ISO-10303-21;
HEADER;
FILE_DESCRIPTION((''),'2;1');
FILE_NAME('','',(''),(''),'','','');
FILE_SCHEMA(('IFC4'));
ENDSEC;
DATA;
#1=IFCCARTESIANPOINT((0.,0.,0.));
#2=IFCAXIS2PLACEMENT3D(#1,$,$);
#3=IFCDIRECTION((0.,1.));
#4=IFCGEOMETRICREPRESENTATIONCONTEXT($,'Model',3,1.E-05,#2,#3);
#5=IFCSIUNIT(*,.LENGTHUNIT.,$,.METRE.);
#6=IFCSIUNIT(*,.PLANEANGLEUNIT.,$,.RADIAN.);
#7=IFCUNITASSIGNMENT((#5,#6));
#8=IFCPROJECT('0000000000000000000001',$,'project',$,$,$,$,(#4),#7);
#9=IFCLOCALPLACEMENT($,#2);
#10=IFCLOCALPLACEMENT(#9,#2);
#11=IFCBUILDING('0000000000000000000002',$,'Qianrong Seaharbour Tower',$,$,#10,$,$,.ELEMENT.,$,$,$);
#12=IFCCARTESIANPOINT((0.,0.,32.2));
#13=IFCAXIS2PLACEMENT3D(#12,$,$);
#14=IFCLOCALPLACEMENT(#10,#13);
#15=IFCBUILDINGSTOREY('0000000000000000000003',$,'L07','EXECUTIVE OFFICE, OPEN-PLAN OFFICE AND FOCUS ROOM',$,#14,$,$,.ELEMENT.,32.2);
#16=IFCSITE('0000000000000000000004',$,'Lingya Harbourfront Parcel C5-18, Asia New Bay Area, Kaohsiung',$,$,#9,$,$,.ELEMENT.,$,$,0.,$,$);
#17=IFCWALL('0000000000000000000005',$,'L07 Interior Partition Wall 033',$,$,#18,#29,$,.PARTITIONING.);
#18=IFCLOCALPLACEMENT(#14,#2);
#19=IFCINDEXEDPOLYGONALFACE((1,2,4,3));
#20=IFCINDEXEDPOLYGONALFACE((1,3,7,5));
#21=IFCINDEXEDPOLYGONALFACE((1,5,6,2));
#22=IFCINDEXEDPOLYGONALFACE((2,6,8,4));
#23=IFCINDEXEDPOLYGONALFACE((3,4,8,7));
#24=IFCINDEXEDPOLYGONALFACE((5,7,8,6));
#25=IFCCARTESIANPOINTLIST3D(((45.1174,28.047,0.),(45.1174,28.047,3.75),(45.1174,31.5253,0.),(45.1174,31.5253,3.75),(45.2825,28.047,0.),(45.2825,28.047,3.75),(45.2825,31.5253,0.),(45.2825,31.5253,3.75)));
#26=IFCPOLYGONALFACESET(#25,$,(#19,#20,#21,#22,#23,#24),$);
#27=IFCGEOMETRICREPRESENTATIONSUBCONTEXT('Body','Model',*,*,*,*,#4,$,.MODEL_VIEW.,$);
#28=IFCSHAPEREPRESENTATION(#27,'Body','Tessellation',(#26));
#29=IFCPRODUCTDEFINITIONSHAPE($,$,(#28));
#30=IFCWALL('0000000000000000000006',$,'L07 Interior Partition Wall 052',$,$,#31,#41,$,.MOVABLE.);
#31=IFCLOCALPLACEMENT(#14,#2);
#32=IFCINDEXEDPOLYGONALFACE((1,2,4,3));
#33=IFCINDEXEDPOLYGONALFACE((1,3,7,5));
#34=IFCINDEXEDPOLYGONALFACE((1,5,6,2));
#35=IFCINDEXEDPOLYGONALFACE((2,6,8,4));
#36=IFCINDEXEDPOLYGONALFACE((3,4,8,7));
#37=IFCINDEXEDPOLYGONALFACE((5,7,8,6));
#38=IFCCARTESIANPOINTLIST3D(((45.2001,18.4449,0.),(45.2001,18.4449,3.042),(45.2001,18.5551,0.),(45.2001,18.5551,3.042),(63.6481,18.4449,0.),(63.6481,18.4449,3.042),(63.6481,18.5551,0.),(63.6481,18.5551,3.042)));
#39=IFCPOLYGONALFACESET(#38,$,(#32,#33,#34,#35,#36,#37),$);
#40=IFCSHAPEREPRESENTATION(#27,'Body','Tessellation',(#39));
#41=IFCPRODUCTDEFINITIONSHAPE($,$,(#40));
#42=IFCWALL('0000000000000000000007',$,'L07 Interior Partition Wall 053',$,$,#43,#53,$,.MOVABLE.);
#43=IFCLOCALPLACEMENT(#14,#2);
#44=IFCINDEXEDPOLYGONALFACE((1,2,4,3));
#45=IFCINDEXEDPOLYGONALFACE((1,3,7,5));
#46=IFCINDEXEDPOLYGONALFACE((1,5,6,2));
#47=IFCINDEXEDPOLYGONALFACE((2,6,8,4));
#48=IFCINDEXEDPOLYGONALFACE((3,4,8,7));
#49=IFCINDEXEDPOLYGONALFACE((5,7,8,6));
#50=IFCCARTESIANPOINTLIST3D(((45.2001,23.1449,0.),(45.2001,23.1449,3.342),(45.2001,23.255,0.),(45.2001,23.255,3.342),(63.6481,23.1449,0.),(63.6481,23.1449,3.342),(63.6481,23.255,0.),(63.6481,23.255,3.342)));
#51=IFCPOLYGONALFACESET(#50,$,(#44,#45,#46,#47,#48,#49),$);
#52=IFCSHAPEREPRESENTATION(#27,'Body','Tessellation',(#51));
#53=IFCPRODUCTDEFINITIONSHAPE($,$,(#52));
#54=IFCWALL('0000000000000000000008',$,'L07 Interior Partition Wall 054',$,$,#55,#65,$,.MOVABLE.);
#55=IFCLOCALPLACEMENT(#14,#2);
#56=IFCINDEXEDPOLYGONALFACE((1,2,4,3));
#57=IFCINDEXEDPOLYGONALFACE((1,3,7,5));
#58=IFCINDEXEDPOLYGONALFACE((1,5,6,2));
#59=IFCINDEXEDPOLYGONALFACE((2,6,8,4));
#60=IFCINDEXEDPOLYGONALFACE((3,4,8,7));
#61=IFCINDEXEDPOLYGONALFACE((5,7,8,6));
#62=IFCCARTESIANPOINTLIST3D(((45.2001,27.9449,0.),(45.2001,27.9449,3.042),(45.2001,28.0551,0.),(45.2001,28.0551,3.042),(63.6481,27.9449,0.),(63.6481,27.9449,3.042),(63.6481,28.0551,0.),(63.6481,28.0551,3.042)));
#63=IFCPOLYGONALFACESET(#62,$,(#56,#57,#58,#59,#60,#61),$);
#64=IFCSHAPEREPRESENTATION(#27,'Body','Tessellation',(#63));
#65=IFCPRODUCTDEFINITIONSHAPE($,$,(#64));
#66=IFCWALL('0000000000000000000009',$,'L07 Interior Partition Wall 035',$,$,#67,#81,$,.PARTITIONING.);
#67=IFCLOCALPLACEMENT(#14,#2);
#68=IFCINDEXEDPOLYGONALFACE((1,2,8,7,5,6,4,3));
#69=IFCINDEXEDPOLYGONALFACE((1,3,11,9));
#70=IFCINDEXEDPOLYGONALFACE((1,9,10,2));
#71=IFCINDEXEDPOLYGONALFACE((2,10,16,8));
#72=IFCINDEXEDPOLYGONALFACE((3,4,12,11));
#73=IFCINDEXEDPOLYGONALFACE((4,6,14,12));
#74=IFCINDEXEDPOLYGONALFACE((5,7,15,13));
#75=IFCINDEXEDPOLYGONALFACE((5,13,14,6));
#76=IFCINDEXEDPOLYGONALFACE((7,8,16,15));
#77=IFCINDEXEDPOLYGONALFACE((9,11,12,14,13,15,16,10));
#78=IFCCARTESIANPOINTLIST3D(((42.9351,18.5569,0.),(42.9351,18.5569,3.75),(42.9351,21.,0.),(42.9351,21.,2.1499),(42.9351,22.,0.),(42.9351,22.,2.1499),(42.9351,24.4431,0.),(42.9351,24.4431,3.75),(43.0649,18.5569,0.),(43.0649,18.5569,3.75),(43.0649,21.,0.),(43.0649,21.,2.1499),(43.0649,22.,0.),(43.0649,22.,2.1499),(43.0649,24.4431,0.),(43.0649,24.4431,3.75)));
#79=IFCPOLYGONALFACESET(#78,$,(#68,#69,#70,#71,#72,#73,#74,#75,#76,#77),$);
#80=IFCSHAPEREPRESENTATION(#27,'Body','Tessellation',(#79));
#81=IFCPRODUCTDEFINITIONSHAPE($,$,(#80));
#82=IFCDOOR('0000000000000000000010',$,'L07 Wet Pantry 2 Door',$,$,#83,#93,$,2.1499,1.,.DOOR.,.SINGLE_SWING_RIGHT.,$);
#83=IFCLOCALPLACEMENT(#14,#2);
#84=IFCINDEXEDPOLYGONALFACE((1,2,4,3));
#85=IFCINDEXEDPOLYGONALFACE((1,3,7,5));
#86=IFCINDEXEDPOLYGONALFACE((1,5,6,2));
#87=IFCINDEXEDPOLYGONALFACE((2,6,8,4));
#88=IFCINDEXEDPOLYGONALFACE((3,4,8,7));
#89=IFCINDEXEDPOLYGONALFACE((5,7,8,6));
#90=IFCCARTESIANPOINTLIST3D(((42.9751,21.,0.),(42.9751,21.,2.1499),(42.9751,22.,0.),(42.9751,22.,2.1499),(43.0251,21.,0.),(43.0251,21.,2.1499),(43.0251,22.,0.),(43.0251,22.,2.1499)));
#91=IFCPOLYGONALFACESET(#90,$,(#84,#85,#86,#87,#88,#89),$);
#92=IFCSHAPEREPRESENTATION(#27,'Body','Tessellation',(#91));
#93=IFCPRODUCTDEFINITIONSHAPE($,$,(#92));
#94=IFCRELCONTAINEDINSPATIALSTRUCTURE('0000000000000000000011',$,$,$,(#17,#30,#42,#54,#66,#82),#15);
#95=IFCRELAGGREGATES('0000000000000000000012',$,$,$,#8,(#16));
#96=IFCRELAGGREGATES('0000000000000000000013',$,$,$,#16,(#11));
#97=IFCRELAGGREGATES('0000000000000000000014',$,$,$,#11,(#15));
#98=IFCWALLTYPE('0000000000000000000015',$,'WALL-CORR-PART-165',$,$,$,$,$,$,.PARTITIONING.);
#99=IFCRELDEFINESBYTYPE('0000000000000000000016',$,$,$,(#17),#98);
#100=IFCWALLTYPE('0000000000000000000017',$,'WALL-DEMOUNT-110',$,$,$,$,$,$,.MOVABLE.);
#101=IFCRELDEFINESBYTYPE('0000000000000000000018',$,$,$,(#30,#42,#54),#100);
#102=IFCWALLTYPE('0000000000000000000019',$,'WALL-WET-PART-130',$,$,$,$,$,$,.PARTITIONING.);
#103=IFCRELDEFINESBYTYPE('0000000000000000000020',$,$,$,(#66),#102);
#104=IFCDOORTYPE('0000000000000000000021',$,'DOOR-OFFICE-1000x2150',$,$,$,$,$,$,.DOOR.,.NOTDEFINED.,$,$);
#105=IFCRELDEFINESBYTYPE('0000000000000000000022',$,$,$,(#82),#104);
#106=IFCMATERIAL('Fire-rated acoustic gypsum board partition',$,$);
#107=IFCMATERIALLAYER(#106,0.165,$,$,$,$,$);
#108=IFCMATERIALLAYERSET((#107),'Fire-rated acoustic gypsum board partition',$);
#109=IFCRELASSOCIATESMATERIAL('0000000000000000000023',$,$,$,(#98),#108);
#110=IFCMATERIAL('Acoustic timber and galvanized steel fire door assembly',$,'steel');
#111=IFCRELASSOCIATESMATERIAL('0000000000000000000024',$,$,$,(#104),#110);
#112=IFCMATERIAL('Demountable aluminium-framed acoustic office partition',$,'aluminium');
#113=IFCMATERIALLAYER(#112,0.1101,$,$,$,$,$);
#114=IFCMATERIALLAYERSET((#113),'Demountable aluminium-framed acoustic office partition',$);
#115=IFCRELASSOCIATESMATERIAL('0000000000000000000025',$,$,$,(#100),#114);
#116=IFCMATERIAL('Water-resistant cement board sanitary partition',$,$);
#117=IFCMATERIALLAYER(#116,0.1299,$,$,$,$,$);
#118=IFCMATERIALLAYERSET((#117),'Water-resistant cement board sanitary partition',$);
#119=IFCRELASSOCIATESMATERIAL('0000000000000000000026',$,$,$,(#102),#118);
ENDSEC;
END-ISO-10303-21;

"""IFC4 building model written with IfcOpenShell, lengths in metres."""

from ifc_helpers import new_model, si_unit, direction, frame, frame_2d, origin, place, context, subcontext, project, spatial, rectangle, extrude, material, layer, layer_set, type_object, element, fill, save


model = new_model("IFC4")

# Units and contexts
model_context = context("Model", 3, precision=1e-05, world=origin(), true_north=direction((0.0, 1.0)))
body_context = subcontext(model_context, "Body", "Model", "MODEL_VIEW")
ifc_project = project(units=[si_unit("LENGTHUNIT", "METRE"), si_unit("PLANEANGLEUNIT", "RADIAN")], contexts=[model_context])

# Site, building, storey
site_placement = place(None, origin())
site = spatial("IfcSite", under=ifc_project, at=site_placement, Name="Lingya Harbourfront Parcel C5-18, Asia New Bay Area, Kaohsiung", CompositionType="ELEMENT", RefElevation=0.0)
building_placement = place(site_placement, origin())
building = spatial("IfcBuilding", under=site, at=building_placement, Name="Qianrong Seaharbour Tower", CompositionType="ELEMENT")
storey_placement = place(building_placement, frame((0.0, 0.0, 32.2)))
storey = spatial("IfcBuildingStorey", under=building, at=storey_placement, Name="L07", Description="EXECUTIVE OFFICE, OPEN-PLAN OFFICE AND FOCUS ROOM", CompositionType="ELEMENT", Elevation=32.2)

# Shared definitions
ifc_material_1 = material(Name="Fire-rated acoustic gypsum board partition")
ifc_layer_1 = layer(ifc_material_1, 0.165)
ifc_layer_set_1 = layer_set([ifc_layer_1], Name="Fire-rated acoustic gypsum board partition")
wall_type_1 = type_object("IfcWallType", Name="WALL-CORR-PART-165", PredefinedType="PARTITIONING", material=ifc_layer_set_1)

# Shared definitions
ifc_material_2 = material(Name="Acoustic timber and galvanized steel fire door assembly", Category="steel")
door_type_1 = type_object("IfcDoorType", Name="DOOR-OFFICE-1000x2150", OperationType="NOTDEFINED", PredefinedType="DOOR", material=ifc_material_2)

# Wall
wall_1_placement = place(storey_placement, frame((45.2, 31.5254, 0.0), z_axis=(0.0, 0.0, 1.0), x_axis=(0.0, -1.0, 0.0)))
element("IfcWall", 1, at=wall_1_placement, inside=storey, type_object=wall_type_1, Name="L07 Interior Partition Wall 033", PredefinedType="PARTITIONING", context=body_context, shape_type="SweptSolid", body=[
    extrude(rectangle(XDim=3.4783, YDim=0.165, at=frame_2d((1.7393, 0.0))), origin(), (0.0, 0.0, 1.0), 3.75),
])

# Walls
ifc_material_3 = material(Name="Demountable aluminium-framed acoustic office partition", Category="aluminium")
ifc_layer_2 = layer(ifc_material_3, 0.1101)
ifc_layer_set_2 = layer_set([ifc_layer_2], Name="Demountable aluminium-framed acoustic office partition")
wall_type_2 = type_object("IfcWallType", Name="WALL-DEMOUNT-110", PredefinedType="MOVABLE", material=ifc_layer_set_2)
wall_2_placement = place(storey_placement, frame((45.2, 18.5, 0.0), z_axis=(0.0, 0.0, 1.0), x_axis=(1.0, 0.0, 0.0)))
element("IfcWall", 2, at=wall_2_placement, inside=storey, type_object=wall_type_2, Name="L07 Interior Partition Wall 052", PredefinedType="MOVABLE", context=body_context, shape_type="SweptSolid", body=[
    extrude(rectangle(XDim=18.448, YDim=0.1101, at=frame_2d((9.2241, 0.0))), origin(), (0.0, 0.0, 1.0), 3.042),
])
wall_3_placement = place(storey_placement, frame((45.2, 23.2, 0.0), z_axis=(0.0, 0.0, 1.0), x_axis=(1.0, 0.0, 0.0)))
element("IfcWall", 3, at=wall_3_placement, inside=storey, type_object=wall_type_2, Name="L07 Interior Partition Wall 053", PredefinedType="MOVABLE", context=body_context, shape_type="SweptSolid", body=[
    extrude(rectangle(XDim=18.448, YDim=0.1101, at=frame_2d((9.2241, 0.0))), origin(), (0.0, 0.0, 1.0), 3.342),
])
wall_4_placement = place(storey_placement, frame((45.2, 28.0, 0.0), z_axis=(0.0, 0.0, 1.0), x_axis=(1.0, 0.0, 0.0)))
element("IfcWall", 4, at=wall_4_placement, inside=storey, type_object=wall_type_2, Name="L07 Interior Partition Wall 054", PredefinedType="MOVABLE", context=body_context, shape_type="SweptSolid", body=[
    extrude(rectangle(XDim=18.448, YDim=0.1101, at=frame_2d((9.2241, 0.0))), origin(), (0.0, 0.0, 1.0), 3.042),
])

# Wall, opening, door
ifc_material_4 = material(Name="Water-resistant cement board sanitary partition")
ifc_layer_3 = layer(ifc_material_4, 0.1299)
ifc_layer_set_3 = layer_set([ifc_layer_3], Name="Water-resistant cement board sanitary partition")
wall_type_3 = type_object("IfcWallType", Name="WALL-WET-PART-130", PredefinedType="PARTITIONING", material=ifc_layer_set_3)
wall_5_placement = place(storey_placement, frame((43.0, 18.5569, 0.0), z_axis=(0.0, 0.0, 1.0), x_axis=(0.0, 1.0, 0.0)))
wall_5 = element("IfcWall", 5, at=wall_5_placement, inside=storey, type_object=wall_type_3, Name="L07 Interior Partition Wall 035", PredefinedType="PARTITIONING", context=body_context, shape_type="SweptSolid", body=[
    extrude(rectangle(XDim=5.8862, YDim=0.1299, at=frame_2d((2.9431, 0.0))), origin(), (0.0, 0.0, 1.0), 3.75),
])
opening_1_placement = place(wall_5_placement, frame((2.4431, 0.0, 0.0)))
opening_1 = element("IfcOpeningElement", 6, at=opening_1_placement, cuts=wall_5, PredefinedType="OPENING", context=body_context, shape_type="SweptSolid", body=[
    extrude(rectangle(XDim=1.0, YDim=2.1499, at=frame_2d((0.5, 1.075))), frame((0.0, 0.075, 0.0), z_axis=(0.0, -1.0, 0.0), x_axis=(1.0, 0.0, 0.0)), (0.0, 0.0, 1.0), 0.1499),
])
door_1_placement = place(opening_1_placement, origin())
door_1 = element("IfcDoor", 7, at=door_1_placement, inside=storey, type_object=door_type_1, Name="L07 Wet Pantry 2 Door", OperationType="SINGLE_SWING_RIGHT", OverallHeight=2.1499, OverallWidth=1.0, PredefinedType="DOOR", context=body_context, shape_type="SweptSolid", body=[
    extrude(rectangle(XDim=1.0, YDim=2.1499, at=frame_2d((0.5, 1.075))), frame((0.0, 0.0249, 0.0), z_axis=(0.0, -1.0, 0.0), x_axis=(1.0, 0.0, 0.0)), (0.0, 0.0, 1.0), 0.05),
])
fill(opening_1, door_1)

save(model, "model.ifc")
